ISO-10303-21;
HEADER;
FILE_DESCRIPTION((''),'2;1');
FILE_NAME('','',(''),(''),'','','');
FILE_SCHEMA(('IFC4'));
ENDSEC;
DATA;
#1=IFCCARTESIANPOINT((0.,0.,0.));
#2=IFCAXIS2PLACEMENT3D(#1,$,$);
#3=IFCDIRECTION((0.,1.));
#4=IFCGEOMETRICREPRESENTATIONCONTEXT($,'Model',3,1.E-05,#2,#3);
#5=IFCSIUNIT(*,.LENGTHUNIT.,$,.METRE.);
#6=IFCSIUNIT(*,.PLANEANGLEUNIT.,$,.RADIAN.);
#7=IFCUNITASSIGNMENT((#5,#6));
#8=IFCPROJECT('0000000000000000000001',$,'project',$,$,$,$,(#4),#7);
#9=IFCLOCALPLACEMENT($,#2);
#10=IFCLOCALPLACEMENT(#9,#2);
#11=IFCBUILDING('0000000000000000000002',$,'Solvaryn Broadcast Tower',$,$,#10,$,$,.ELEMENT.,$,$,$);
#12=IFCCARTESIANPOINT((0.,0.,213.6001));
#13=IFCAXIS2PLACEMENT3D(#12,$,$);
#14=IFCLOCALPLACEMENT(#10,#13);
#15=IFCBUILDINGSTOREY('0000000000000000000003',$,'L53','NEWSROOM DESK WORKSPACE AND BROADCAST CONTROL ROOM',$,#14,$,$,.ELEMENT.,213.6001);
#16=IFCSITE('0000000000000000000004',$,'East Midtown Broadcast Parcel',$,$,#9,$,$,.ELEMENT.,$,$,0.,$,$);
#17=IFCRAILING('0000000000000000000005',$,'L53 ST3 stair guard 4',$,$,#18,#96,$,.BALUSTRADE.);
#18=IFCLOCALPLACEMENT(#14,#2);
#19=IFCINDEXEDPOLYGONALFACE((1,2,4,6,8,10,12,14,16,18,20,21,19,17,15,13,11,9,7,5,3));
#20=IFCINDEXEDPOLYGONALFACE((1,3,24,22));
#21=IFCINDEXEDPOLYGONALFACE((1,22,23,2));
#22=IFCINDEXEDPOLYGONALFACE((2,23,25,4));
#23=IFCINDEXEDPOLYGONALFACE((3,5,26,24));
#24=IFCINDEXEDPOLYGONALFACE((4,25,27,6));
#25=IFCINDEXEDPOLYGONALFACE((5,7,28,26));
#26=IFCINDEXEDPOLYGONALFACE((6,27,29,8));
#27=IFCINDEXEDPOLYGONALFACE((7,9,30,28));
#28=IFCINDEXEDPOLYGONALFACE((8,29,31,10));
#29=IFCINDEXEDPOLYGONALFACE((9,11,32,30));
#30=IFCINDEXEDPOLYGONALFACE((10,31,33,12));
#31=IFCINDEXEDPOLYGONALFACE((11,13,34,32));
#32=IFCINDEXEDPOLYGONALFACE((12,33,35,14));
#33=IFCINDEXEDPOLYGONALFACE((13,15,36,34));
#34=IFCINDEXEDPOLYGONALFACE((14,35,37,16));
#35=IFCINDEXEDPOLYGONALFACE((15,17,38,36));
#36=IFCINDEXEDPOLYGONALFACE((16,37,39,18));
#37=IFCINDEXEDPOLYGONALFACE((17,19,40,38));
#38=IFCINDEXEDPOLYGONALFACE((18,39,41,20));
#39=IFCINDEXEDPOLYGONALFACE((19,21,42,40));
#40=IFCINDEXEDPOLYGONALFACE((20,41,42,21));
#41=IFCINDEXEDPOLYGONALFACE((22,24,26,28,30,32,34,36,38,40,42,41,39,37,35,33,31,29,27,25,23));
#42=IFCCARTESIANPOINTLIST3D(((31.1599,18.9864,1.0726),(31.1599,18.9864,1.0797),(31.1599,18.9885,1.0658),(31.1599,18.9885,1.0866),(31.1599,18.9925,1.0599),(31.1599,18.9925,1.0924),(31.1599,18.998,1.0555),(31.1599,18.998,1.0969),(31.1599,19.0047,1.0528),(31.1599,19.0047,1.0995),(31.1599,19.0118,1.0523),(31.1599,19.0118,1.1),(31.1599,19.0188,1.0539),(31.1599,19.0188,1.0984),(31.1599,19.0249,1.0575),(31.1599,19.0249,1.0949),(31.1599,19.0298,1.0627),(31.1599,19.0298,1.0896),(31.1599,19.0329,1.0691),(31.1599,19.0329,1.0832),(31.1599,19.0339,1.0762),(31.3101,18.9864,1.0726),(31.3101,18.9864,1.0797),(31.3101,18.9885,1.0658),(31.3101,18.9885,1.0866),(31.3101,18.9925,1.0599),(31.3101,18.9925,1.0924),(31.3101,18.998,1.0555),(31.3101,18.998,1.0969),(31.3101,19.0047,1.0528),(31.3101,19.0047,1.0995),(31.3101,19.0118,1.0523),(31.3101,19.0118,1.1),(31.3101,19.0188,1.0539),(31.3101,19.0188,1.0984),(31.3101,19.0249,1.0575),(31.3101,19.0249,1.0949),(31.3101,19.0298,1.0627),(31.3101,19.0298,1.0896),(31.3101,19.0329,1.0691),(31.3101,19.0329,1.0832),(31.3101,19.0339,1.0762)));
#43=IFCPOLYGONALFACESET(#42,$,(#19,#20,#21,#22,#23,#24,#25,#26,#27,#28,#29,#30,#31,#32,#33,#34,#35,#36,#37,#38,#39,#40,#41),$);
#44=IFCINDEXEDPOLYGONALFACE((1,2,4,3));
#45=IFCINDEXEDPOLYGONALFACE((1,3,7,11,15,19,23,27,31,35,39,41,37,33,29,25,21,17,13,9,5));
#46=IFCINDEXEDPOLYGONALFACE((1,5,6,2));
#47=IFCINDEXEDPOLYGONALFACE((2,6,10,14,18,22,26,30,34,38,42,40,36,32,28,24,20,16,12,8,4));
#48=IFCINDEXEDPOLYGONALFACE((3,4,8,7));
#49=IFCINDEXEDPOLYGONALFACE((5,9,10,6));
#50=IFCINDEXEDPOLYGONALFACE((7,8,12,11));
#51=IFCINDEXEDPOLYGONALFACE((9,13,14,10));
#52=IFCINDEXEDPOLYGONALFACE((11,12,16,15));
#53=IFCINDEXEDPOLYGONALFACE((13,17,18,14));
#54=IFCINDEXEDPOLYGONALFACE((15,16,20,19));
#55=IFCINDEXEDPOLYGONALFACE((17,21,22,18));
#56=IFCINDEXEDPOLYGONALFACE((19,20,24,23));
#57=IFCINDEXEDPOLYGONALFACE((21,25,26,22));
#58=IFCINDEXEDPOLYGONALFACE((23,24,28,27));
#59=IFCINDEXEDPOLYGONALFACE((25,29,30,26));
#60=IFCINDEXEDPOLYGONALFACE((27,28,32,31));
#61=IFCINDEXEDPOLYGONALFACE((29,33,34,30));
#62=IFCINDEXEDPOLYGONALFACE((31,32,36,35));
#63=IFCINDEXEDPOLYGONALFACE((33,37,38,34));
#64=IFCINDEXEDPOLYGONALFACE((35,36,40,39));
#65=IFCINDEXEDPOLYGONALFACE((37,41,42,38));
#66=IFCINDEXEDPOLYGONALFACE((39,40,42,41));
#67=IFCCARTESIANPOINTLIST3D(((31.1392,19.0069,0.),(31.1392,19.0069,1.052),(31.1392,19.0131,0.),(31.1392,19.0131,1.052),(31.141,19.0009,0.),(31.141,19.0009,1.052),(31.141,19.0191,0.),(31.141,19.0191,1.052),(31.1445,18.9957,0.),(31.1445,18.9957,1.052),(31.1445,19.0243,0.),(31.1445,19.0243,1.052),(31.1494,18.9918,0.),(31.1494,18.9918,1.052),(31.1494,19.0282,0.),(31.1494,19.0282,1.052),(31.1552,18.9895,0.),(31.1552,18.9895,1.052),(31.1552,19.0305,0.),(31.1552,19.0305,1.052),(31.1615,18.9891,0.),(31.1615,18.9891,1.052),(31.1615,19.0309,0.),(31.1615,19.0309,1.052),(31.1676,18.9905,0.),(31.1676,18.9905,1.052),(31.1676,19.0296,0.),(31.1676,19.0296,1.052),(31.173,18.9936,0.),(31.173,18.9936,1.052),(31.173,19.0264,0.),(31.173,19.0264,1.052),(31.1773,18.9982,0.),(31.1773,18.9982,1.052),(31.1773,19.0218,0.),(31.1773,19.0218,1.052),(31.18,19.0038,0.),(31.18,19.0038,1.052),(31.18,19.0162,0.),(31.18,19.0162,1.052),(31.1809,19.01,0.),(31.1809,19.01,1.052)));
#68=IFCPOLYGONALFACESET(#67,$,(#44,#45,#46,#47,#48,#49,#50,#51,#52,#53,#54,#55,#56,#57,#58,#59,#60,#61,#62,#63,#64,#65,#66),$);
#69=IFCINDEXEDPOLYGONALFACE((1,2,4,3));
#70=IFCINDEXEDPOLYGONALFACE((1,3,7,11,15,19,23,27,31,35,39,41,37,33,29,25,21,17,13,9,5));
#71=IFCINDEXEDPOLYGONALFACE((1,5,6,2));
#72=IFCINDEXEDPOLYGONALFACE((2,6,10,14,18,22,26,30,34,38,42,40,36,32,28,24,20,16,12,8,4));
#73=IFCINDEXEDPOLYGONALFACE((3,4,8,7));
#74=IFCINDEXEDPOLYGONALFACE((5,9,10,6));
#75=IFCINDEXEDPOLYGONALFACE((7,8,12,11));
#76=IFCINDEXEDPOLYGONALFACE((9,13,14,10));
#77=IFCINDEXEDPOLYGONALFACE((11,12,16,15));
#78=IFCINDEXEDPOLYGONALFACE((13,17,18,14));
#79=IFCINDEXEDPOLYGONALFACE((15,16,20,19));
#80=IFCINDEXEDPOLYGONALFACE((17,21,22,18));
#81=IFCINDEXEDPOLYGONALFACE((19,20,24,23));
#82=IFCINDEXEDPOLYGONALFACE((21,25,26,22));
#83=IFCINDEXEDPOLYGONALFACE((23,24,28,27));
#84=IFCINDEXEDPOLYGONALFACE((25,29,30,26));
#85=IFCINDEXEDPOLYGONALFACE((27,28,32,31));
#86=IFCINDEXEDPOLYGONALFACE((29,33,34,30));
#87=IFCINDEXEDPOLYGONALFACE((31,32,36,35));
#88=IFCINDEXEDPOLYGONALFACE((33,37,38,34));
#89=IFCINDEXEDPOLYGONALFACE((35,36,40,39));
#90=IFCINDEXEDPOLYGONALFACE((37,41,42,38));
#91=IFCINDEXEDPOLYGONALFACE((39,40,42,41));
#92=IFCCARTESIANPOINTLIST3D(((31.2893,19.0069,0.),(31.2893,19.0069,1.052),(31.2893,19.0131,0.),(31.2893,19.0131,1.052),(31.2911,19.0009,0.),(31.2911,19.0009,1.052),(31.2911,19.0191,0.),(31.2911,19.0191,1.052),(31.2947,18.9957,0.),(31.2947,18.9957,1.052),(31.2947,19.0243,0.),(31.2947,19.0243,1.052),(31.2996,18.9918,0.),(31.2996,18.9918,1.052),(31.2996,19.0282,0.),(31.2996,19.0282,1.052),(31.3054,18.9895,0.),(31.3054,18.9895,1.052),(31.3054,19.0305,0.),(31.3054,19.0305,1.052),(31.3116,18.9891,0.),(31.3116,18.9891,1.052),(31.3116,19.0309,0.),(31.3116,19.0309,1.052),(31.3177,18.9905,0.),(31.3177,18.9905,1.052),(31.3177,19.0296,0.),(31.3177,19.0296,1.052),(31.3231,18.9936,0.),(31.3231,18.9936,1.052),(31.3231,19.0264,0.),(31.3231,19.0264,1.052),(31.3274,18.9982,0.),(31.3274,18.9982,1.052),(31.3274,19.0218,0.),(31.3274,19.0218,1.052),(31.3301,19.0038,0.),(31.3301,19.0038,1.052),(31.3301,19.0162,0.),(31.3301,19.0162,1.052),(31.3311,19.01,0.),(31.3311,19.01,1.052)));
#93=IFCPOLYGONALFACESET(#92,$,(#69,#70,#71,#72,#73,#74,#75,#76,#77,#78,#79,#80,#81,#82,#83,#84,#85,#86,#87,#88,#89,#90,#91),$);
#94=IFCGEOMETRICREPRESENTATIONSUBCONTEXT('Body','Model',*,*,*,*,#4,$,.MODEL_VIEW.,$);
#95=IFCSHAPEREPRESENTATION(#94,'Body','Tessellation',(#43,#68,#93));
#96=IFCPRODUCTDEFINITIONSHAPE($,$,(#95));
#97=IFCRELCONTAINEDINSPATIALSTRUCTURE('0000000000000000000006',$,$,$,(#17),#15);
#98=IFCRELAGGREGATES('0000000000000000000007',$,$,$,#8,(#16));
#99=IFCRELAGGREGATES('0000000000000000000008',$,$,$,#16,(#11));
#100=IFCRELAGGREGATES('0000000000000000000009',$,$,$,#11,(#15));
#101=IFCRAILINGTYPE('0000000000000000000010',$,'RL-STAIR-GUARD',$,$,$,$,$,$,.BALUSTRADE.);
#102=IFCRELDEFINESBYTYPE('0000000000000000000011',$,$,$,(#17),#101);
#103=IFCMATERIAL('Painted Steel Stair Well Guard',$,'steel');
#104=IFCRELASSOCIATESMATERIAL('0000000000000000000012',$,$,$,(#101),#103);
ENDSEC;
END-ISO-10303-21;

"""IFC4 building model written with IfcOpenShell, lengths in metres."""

from ifc_helpers import new_model, si_unit, direction, frame, origin, origin_2d, place, context, subcontext, project, spatial, circle, extrude, material, type_object, element, save


model = new_model("IFC4")

# Units and contexts
model_context = context("Model", 3, precision=1e-05, world=origin(), true_north=direction((0.0, 1.0)))
body_context = subcontext(model_context, "Body", "Model", "MODEL_VIEW")
ifc_project = project(units=[si_unit("LENGTHUNIT", "METRE"), si_unit("PLANEANGLEUNIT", "RADIAN")], contexts=[model_context])

# Site, building, storey
site_placement = place(None, origin())
site = spatial("IfcSite", under=ifc_project, at=site_placement, Name="East Midtown Broadcast Parcel", CompositionType="ELEMENT", RefElevation=0.0)
building_placement = place(site_placement, origin())
building = spatial("IfcBuilding", under=site, at=building_placement, Name="Solvaryn Broadcast Tower", CompositionType="ELEMENT")
storey_placement = place(building_placement, frame((0.0, 0.0, 213.6001)))
storey = spatial("IfcBuildingStorey", under=building, at=storey_placement, Name="L53", Description="NEWSROOM DESK WORKSPACE AND BROADCAST CONTROL ROOM", CompositionType="ELEMENT", Elevation=213.6001)

# Railing
ifc_material_1 = material(Name="Painted Steel Stair Well Guard", Category="steel")
railing_type_1 = type_object("IfcRailingType", Name="RL-STAIR-GUARD", PredefinedType="BALUSTRADE", material=ifc_material_1)
railing_1_placement = place(storey_placement, frame((31.1599, 19.01, 0.0)))
element("IfcRailing", 1, at=railing_1_placement, inside=storey, type_object=railing_type_1, Name="L53 ST3 stair guard 4", PredefinedType="BALUSTRADE", context=body_context, shape_type="SweptSolid", body=[
    extrude(circle(Radius=0.0239, at=origin_2d()), frame((0.0, 0.0, 1.0762), z_axis=(1.0, 0.0, 0.0), x_axis=(0.0, 1.0, 0.0)), (0.0, 0.0, 1.0), 0.1501),
    extrude(circle(Radius=0.021, at=origin_2d()), origin(), (0.0, 0.0, 1.0), 1.052),
    extrude(circle(Radius=0.021, at=origin_2d()), frame((0.1501, 0.0, 0.0)), (0.0, 0.0, 1.0), 1.052),
])

save(model, "model.ifc")
